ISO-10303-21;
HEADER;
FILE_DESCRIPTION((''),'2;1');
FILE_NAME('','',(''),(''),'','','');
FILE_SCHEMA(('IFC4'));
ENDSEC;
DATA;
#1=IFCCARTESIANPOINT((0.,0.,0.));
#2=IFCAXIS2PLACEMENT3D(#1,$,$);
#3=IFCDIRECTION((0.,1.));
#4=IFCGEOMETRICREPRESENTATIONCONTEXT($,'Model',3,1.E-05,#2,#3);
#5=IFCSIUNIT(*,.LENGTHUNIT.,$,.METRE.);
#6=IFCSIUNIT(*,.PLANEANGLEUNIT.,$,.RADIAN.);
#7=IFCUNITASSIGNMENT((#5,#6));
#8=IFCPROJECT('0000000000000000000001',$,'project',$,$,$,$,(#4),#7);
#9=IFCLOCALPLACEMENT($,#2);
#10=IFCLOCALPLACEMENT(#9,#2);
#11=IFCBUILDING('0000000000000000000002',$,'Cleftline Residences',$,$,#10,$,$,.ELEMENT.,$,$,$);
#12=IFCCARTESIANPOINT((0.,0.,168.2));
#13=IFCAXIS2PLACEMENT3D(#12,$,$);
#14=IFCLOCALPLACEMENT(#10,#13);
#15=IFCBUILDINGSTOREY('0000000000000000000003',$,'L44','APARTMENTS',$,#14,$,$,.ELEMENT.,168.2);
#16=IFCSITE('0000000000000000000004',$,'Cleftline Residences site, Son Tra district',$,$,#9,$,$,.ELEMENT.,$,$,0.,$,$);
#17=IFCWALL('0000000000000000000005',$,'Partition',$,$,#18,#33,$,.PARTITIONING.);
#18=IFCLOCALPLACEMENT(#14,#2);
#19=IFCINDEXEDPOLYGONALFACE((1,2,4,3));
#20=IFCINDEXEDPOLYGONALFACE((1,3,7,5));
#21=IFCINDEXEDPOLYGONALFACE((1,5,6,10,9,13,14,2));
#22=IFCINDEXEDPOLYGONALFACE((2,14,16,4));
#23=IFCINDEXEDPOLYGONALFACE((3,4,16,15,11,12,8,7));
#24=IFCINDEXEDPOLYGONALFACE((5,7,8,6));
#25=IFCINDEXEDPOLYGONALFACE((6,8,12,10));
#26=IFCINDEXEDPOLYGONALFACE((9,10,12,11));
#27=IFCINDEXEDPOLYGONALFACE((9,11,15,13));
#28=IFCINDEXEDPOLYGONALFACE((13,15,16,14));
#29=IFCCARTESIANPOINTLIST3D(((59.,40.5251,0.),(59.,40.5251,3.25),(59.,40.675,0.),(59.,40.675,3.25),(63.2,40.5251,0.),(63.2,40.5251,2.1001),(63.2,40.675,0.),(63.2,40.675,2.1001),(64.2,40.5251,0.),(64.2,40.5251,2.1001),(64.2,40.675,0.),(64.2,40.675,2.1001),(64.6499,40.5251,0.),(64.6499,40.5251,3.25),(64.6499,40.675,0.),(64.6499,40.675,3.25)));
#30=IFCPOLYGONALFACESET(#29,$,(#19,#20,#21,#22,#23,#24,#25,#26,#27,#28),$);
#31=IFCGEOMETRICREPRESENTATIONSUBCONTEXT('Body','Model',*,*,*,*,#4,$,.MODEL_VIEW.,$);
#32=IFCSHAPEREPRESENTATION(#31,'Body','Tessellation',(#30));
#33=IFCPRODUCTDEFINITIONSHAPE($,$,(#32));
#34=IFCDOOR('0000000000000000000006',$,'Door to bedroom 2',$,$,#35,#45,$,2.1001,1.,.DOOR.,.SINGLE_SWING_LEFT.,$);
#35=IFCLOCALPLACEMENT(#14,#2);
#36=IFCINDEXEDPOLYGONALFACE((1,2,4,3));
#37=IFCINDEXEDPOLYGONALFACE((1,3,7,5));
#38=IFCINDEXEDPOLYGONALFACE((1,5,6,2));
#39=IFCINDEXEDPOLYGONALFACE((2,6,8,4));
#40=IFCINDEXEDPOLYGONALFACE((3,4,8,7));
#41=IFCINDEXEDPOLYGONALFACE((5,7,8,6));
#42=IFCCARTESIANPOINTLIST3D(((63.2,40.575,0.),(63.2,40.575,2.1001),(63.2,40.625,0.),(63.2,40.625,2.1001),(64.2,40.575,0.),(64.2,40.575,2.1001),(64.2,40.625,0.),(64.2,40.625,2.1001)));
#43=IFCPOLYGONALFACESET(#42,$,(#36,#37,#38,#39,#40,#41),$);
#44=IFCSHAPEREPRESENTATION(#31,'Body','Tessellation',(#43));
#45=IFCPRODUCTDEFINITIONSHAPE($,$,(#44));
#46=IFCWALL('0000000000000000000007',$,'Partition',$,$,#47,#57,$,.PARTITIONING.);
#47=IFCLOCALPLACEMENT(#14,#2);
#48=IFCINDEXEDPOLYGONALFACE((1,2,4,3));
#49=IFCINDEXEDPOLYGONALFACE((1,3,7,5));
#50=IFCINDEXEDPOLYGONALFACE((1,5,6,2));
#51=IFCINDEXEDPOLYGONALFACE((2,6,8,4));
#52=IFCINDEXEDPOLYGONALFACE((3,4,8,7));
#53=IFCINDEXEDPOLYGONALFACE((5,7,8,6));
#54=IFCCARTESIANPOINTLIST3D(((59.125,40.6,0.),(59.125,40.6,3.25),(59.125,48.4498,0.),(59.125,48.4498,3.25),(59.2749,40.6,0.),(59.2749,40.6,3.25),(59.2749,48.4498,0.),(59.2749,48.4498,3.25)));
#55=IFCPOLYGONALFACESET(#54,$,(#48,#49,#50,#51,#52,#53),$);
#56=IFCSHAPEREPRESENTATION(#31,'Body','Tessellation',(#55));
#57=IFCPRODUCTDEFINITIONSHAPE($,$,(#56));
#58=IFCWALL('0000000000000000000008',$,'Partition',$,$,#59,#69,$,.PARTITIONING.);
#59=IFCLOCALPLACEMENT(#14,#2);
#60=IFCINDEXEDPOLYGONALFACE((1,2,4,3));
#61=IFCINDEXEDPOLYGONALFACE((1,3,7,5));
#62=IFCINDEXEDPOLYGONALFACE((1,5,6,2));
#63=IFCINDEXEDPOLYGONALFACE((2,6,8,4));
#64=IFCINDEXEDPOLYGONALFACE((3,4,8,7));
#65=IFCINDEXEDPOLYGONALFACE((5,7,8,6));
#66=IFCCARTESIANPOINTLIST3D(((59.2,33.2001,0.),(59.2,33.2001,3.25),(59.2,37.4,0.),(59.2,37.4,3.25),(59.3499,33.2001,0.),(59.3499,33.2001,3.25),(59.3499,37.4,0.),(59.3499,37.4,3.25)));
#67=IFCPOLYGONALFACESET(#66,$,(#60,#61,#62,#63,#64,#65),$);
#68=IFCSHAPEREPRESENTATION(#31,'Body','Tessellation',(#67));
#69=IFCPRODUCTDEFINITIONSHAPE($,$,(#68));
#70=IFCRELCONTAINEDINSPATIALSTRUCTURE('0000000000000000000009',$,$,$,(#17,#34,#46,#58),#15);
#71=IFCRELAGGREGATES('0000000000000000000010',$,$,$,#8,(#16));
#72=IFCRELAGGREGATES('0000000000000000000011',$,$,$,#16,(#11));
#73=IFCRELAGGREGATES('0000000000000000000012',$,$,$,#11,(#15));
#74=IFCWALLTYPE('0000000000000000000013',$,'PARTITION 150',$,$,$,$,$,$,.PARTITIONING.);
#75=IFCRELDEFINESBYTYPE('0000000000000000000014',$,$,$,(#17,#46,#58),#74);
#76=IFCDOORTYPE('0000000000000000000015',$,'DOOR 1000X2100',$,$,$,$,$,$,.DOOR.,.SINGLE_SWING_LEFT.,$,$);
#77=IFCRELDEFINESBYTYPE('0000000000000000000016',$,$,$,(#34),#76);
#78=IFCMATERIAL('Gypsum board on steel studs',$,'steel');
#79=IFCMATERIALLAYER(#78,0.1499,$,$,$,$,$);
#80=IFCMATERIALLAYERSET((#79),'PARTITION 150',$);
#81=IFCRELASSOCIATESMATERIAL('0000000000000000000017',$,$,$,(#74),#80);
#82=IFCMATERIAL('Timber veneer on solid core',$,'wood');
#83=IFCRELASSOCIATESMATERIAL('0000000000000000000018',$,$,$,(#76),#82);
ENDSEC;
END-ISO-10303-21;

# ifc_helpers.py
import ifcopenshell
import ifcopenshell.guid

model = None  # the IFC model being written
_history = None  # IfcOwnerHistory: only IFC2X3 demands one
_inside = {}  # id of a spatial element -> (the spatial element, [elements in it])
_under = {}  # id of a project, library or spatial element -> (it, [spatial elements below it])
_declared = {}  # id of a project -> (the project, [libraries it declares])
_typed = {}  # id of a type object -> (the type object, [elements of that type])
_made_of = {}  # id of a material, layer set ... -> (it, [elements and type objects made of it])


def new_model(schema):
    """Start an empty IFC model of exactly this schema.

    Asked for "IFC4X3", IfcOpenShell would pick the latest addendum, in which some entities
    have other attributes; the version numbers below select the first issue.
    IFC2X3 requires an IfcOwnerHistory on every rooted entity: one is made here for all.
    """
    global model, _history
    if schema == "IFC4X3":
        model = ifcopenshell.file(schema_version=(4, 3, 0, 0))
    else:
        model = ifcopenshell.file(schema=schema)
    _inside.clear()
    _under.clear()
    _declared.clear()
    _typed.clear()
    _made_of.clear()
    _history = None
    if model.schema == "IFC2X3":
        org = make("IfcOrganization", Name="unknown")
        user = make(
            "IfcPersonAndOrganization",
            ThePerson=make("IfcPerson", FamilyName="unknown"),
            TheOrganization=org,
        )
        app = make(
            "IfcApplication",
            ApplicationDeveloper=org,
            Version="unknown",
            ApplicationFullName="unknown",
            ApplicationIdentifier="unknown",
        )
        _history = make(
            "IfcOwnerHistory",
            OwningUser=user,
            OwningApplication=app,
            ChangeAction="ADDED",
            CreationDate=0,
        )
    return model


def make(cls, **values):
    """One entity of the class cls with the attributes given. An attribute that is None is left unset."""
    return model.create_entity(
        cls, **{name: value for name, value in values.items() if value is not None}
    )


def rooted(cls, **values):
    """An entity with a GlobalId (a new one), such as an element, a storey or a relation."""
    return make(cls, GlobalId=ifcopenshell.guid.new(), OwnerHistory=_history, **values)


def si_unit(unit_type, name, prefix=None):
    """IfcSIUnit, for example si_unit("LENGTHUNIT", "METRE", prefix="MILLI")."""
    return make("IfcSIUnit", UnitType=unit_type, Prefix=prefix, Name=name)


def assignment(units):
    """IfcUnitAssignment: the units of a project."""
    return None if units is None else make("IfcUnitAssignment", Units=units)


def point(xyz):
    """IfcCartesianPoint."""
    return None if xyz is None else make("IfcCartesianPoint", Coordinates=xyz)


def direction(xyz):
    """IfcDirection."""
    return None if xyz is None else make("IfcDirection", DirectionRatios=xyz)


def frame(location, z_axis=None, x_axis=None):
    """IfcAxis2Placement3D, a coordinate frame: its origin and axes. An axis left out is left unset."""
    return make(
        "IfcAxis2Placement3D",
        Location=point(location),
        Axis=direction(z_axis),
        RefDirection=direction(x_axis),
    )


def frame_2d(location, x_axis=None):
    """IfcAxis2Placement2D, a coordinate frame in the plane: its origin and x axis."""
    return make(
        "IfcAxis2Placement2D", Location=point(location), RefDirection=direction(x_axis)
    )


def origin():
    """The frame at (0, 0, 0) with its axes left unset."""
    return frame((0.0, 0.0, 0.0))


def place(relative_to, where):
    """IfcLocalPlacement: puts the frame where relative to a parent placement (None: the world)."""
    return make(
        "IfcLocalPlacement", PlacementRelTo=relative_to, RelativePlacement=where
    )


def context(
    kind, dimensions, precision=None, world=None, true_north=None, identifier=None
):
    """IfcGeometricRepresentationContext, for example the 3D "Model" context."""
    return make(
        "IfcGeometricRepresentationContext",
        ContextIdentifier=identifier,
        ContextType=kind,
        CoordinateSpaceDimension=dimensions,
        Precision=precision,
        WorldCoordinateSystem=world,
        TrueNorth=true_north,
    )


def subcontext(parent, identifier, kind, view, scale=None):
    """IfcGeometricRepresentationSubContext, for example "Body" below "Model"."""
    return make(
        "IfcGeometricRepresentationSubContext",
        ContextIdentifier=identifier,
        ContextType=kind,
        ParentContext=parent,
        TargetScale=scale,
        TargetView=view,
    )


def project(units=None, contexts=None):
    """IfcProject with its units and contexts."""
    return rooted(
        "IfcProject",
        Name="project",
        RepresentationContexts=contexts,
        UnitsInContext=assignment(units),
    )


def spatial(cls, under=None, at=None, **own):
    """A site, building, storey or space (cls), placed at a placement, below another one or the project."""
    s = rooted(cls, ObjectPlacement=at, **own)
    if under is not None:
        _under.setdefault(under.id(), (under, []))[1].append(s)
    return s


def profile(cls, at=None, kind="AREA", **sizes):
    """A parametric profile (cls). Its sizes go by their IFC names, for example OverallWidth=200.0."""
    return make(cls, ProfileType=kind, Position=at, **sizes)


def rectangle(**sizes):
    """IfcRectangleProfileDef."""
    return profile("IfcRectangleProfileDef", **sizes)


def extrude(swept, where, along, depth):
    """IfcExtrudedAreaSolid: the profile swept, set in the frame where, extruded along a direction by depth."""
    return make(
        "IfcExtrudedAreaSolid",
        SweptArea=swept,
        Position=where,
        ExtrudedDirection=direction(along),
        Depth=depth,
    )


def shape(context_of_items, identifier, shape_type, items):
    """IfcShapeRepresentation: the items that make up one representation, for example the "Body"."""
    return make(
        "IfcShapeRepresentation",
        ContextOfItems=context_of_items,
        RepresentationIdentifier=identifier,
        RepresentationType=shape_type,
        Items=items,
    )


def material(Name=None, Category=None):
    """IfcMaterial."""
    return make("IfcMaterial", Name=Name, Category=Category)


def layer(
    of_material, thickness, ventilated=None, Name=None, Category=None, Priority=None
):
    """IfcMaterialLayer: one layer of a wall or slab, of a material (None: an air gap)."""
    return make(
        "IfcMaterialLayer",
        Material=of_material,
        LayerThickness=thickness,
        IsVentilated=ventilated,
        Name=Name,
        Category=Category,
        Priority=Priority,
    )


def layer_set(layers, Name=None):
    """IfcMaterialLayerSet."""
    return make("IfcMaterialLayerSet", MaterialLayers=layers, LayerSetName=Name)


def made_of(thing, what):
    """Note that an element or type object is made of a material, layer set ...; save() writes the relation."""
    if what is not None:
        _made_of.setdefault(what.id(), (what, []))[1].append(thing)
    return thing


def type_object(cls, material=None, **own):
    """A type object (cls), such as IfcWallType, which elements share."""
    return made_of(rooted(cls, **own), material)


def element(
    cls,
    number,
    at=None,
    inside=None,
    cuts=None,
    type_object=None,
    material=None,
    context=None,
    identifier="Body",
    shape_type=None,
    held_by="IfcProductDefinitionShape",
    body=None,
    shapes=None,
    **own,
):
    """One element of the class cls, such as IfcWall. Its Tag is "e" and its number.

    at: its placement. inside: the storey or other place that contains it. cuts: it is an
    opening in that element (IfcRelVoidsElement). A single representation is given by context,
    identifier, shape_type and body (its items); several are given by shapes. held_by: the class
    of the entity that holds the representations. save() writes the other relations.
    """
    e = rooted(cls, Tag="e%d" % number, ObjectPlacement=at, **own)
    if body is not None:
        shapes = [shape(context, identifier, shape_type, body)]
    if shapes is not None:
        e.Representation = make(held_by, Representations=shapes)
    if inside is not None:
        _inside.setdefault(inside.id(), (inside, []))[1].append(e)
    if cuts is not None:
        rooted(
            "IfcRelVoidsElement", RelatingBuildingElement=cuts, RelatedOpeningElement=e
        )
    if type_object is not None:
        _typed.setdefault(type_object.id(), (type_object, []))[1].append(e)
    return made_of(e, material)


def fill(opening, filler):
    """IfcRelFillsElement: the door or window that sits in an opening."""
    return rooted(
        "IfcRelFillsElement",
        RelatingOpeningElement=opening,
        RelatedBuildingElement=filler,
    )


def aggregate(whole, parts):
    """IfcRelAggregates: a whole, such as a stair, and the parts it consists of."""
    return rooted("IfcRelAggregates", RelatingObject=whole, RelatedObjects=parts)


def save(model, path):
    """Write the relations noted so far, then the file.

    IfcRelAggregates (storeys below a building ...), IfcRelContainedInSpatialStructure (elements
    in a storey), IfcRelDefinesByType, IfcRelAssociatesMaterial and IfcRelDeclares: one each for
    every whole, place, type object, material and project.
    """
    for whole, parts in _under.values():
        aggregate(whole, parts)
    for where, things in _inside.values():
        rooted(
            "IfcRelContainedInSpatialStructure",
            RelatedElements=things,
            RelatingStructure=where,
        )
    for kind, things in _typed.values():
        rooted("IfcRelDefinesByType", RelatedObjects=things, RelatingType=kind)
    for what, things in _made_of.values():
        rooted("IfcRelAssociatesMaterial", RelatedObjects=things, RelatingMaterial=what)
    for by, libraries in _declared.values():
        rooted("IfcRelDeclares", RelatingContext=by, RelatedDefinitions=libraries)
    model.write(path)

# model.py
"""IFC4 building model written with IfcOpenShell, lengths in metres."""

from ifc_helpers import new_model, si_unit, direction, frame, frame_2d, origin, place, context, subcontext, project, spatial, rectangle, extrude, material, layer, layer_set, type_object, element, fill, save


model = new_model("IFC4")

# Units and contexts
model_context = context("Model", 3, precision=1e-05, world=origin(), true_north=direction((0.0, 1.0)))
body_context = subcontext(model_context, "Body", "Model", "MODEL_VIEW")
ifc_project = project(units=[si_unit("LENGTHUNIT", "METRE"), si_unit("PLANEANGLEUNIT", "RADIAN")], contexts=[model_context])

# Site, building, storey
site_placement = place(None, origin())
site = spatial("IfcSite", under=ifc_project, at=site_placement, Name="Cleftline Residences site, Son Tra district", CompositionType="ELEMENT", RefElevation=0.0)
building_placement = place(site_placement, origin())
building = spatial("IfcBuilding", under=site, at=building_placement, Name="Cleftline Residences", CompositionType="ELEMENT")
storey_placement = place(building_placement, frame((0.0, 0.0, 168.2)))
storey = spatial("IfcBuildingStorey", under=building, at=storey_placement, Name="L44", Description="APARTMENTS", CompositionType="ELEMENT", Elevation=168.2)

# Shared definitions
ifc_material_1 = material(Name="Gypsum board on steel studs", Category="steel")
ifc_layer = layer(ifc_material_1, 0.1499)
ifc_layer_set = layer_set([ifc_layer], Name="PARTITION 150")
wall_type = type_object("IfcWallType", Name="PARTITION 150", PredefinedType="PARTITIONING", material=ifc_layer_set)

# Wall, opening, door
wall_1_placement = place(storey_placement, frame((59.0, 40.6001, 0.0), z_axis=(0.0, 0.0, 1.0), x_axis=(1.0, 0.0, 0.0)))
wall_1 = element("IfcWall", 1, at=wall_1_placement, inside=storey, type_object=wall_type, Name="Partition", PredefinedType="PARTITIONING", context=body_context, shape_type="SweptSolid", body=[
    extrude(rectangle(XDim=5.6499, YDim=0.1499, at=frame_2d((2.825, 0.0))), origin(), (0.0, 0.0, 1.0), 3.25),
])
opening_placement = place(wall_1_placement, frame((4.2, 0.0, 0.0)))
opening = element("IfcOpeningElement", 2, at=opening_placement, cuts=wall_1, PredefinedType="OPENING", context=body_context, shape_type="SweptSolid", body=[
    extrude(rectangle(XDim=1.0, YDim=2.1001, at=frame_2d((0.5, 1.05))), frame((0.0, 0.085, 0.0), z_axis=(0.0, -1.0, 0.0), x_axis=(1.0, 0.0, 0.0)), (0.0, 0.0, 1.0), 0.1699),
])
ifc_material_2 = material(Name="Timber veneer on solid core", Category="wood")
door_type = type_object("IfcDoorType", Name="DOOR 1000X2100", OperationType="SINGLE_SWING_LEFT", PredefinedType="DOOR", material=ifc_material_2)
door_placement = place(opening_placement, origin())
door = element("IfcDoor", 3, at=door_placement, inside=storey, type_object=door_type, Name="Door to bedroom 2", OperationType="SINGLE_SWING_LEFT", OverallHeight=2.1001, OverallWidth=1.0, PredefinedType="DOOR", context=body_context, shape_type="SweptSolid", body=[
    extrude(rectangle(XDim=1.0, YDim=2.1001, at=frame_2d((0.5, 1.05))), frame((0.0, 0.0249, 0.0), z_axis=(0.0, -1.0, 0.0), x_axis=(1.0, 0.0, 0.0)), (0.0, 0.0, 1.0), 0.05),
])
fill(opening, door)

# Walls
wall_2_placement = place(storey_placement, frame((59.2, 40.6001, 0.0), z_axis=(0.0, 0.0, 1.0), x_axis=(0.0, 1.0, 0.0)))
element("IfcWall", 4, at=wall_2_placement, inside=storey, type_object=wall_type, Name="Partition", PredefinedType="PARTITIONING", context=body_context, shape_type="SweptSolid", body=[
    extrude(rectangle(XDim=7.8499, YDim=0.1499, at=frame_2d((3.9248, 0.0))), origin(), (0.0, 0.0, 1.0), 3.25),
])
wall_3_placement = place(storey_placement, frame((59.2749, 33.2, 0.0), z_axis=(0.0, 0.0, 1.0), x_axis=(0.0, 1.0, 0.0)))
element("IfcWall", 5, at=wall_3_placement, inside=storey, type_object=wall_type, Name="Partition", PredefinedType="PARTITIONING", context=body_context, shape_type="SweptSolid", body=[
    extrude(rectangle(XDim=4.2, YDim=0.1499, at=frame_2d((2.1001, 0.0))), origin(), (0.0, 0.0, 1.0), 3.25),
])

save(model, "model.ifc")
